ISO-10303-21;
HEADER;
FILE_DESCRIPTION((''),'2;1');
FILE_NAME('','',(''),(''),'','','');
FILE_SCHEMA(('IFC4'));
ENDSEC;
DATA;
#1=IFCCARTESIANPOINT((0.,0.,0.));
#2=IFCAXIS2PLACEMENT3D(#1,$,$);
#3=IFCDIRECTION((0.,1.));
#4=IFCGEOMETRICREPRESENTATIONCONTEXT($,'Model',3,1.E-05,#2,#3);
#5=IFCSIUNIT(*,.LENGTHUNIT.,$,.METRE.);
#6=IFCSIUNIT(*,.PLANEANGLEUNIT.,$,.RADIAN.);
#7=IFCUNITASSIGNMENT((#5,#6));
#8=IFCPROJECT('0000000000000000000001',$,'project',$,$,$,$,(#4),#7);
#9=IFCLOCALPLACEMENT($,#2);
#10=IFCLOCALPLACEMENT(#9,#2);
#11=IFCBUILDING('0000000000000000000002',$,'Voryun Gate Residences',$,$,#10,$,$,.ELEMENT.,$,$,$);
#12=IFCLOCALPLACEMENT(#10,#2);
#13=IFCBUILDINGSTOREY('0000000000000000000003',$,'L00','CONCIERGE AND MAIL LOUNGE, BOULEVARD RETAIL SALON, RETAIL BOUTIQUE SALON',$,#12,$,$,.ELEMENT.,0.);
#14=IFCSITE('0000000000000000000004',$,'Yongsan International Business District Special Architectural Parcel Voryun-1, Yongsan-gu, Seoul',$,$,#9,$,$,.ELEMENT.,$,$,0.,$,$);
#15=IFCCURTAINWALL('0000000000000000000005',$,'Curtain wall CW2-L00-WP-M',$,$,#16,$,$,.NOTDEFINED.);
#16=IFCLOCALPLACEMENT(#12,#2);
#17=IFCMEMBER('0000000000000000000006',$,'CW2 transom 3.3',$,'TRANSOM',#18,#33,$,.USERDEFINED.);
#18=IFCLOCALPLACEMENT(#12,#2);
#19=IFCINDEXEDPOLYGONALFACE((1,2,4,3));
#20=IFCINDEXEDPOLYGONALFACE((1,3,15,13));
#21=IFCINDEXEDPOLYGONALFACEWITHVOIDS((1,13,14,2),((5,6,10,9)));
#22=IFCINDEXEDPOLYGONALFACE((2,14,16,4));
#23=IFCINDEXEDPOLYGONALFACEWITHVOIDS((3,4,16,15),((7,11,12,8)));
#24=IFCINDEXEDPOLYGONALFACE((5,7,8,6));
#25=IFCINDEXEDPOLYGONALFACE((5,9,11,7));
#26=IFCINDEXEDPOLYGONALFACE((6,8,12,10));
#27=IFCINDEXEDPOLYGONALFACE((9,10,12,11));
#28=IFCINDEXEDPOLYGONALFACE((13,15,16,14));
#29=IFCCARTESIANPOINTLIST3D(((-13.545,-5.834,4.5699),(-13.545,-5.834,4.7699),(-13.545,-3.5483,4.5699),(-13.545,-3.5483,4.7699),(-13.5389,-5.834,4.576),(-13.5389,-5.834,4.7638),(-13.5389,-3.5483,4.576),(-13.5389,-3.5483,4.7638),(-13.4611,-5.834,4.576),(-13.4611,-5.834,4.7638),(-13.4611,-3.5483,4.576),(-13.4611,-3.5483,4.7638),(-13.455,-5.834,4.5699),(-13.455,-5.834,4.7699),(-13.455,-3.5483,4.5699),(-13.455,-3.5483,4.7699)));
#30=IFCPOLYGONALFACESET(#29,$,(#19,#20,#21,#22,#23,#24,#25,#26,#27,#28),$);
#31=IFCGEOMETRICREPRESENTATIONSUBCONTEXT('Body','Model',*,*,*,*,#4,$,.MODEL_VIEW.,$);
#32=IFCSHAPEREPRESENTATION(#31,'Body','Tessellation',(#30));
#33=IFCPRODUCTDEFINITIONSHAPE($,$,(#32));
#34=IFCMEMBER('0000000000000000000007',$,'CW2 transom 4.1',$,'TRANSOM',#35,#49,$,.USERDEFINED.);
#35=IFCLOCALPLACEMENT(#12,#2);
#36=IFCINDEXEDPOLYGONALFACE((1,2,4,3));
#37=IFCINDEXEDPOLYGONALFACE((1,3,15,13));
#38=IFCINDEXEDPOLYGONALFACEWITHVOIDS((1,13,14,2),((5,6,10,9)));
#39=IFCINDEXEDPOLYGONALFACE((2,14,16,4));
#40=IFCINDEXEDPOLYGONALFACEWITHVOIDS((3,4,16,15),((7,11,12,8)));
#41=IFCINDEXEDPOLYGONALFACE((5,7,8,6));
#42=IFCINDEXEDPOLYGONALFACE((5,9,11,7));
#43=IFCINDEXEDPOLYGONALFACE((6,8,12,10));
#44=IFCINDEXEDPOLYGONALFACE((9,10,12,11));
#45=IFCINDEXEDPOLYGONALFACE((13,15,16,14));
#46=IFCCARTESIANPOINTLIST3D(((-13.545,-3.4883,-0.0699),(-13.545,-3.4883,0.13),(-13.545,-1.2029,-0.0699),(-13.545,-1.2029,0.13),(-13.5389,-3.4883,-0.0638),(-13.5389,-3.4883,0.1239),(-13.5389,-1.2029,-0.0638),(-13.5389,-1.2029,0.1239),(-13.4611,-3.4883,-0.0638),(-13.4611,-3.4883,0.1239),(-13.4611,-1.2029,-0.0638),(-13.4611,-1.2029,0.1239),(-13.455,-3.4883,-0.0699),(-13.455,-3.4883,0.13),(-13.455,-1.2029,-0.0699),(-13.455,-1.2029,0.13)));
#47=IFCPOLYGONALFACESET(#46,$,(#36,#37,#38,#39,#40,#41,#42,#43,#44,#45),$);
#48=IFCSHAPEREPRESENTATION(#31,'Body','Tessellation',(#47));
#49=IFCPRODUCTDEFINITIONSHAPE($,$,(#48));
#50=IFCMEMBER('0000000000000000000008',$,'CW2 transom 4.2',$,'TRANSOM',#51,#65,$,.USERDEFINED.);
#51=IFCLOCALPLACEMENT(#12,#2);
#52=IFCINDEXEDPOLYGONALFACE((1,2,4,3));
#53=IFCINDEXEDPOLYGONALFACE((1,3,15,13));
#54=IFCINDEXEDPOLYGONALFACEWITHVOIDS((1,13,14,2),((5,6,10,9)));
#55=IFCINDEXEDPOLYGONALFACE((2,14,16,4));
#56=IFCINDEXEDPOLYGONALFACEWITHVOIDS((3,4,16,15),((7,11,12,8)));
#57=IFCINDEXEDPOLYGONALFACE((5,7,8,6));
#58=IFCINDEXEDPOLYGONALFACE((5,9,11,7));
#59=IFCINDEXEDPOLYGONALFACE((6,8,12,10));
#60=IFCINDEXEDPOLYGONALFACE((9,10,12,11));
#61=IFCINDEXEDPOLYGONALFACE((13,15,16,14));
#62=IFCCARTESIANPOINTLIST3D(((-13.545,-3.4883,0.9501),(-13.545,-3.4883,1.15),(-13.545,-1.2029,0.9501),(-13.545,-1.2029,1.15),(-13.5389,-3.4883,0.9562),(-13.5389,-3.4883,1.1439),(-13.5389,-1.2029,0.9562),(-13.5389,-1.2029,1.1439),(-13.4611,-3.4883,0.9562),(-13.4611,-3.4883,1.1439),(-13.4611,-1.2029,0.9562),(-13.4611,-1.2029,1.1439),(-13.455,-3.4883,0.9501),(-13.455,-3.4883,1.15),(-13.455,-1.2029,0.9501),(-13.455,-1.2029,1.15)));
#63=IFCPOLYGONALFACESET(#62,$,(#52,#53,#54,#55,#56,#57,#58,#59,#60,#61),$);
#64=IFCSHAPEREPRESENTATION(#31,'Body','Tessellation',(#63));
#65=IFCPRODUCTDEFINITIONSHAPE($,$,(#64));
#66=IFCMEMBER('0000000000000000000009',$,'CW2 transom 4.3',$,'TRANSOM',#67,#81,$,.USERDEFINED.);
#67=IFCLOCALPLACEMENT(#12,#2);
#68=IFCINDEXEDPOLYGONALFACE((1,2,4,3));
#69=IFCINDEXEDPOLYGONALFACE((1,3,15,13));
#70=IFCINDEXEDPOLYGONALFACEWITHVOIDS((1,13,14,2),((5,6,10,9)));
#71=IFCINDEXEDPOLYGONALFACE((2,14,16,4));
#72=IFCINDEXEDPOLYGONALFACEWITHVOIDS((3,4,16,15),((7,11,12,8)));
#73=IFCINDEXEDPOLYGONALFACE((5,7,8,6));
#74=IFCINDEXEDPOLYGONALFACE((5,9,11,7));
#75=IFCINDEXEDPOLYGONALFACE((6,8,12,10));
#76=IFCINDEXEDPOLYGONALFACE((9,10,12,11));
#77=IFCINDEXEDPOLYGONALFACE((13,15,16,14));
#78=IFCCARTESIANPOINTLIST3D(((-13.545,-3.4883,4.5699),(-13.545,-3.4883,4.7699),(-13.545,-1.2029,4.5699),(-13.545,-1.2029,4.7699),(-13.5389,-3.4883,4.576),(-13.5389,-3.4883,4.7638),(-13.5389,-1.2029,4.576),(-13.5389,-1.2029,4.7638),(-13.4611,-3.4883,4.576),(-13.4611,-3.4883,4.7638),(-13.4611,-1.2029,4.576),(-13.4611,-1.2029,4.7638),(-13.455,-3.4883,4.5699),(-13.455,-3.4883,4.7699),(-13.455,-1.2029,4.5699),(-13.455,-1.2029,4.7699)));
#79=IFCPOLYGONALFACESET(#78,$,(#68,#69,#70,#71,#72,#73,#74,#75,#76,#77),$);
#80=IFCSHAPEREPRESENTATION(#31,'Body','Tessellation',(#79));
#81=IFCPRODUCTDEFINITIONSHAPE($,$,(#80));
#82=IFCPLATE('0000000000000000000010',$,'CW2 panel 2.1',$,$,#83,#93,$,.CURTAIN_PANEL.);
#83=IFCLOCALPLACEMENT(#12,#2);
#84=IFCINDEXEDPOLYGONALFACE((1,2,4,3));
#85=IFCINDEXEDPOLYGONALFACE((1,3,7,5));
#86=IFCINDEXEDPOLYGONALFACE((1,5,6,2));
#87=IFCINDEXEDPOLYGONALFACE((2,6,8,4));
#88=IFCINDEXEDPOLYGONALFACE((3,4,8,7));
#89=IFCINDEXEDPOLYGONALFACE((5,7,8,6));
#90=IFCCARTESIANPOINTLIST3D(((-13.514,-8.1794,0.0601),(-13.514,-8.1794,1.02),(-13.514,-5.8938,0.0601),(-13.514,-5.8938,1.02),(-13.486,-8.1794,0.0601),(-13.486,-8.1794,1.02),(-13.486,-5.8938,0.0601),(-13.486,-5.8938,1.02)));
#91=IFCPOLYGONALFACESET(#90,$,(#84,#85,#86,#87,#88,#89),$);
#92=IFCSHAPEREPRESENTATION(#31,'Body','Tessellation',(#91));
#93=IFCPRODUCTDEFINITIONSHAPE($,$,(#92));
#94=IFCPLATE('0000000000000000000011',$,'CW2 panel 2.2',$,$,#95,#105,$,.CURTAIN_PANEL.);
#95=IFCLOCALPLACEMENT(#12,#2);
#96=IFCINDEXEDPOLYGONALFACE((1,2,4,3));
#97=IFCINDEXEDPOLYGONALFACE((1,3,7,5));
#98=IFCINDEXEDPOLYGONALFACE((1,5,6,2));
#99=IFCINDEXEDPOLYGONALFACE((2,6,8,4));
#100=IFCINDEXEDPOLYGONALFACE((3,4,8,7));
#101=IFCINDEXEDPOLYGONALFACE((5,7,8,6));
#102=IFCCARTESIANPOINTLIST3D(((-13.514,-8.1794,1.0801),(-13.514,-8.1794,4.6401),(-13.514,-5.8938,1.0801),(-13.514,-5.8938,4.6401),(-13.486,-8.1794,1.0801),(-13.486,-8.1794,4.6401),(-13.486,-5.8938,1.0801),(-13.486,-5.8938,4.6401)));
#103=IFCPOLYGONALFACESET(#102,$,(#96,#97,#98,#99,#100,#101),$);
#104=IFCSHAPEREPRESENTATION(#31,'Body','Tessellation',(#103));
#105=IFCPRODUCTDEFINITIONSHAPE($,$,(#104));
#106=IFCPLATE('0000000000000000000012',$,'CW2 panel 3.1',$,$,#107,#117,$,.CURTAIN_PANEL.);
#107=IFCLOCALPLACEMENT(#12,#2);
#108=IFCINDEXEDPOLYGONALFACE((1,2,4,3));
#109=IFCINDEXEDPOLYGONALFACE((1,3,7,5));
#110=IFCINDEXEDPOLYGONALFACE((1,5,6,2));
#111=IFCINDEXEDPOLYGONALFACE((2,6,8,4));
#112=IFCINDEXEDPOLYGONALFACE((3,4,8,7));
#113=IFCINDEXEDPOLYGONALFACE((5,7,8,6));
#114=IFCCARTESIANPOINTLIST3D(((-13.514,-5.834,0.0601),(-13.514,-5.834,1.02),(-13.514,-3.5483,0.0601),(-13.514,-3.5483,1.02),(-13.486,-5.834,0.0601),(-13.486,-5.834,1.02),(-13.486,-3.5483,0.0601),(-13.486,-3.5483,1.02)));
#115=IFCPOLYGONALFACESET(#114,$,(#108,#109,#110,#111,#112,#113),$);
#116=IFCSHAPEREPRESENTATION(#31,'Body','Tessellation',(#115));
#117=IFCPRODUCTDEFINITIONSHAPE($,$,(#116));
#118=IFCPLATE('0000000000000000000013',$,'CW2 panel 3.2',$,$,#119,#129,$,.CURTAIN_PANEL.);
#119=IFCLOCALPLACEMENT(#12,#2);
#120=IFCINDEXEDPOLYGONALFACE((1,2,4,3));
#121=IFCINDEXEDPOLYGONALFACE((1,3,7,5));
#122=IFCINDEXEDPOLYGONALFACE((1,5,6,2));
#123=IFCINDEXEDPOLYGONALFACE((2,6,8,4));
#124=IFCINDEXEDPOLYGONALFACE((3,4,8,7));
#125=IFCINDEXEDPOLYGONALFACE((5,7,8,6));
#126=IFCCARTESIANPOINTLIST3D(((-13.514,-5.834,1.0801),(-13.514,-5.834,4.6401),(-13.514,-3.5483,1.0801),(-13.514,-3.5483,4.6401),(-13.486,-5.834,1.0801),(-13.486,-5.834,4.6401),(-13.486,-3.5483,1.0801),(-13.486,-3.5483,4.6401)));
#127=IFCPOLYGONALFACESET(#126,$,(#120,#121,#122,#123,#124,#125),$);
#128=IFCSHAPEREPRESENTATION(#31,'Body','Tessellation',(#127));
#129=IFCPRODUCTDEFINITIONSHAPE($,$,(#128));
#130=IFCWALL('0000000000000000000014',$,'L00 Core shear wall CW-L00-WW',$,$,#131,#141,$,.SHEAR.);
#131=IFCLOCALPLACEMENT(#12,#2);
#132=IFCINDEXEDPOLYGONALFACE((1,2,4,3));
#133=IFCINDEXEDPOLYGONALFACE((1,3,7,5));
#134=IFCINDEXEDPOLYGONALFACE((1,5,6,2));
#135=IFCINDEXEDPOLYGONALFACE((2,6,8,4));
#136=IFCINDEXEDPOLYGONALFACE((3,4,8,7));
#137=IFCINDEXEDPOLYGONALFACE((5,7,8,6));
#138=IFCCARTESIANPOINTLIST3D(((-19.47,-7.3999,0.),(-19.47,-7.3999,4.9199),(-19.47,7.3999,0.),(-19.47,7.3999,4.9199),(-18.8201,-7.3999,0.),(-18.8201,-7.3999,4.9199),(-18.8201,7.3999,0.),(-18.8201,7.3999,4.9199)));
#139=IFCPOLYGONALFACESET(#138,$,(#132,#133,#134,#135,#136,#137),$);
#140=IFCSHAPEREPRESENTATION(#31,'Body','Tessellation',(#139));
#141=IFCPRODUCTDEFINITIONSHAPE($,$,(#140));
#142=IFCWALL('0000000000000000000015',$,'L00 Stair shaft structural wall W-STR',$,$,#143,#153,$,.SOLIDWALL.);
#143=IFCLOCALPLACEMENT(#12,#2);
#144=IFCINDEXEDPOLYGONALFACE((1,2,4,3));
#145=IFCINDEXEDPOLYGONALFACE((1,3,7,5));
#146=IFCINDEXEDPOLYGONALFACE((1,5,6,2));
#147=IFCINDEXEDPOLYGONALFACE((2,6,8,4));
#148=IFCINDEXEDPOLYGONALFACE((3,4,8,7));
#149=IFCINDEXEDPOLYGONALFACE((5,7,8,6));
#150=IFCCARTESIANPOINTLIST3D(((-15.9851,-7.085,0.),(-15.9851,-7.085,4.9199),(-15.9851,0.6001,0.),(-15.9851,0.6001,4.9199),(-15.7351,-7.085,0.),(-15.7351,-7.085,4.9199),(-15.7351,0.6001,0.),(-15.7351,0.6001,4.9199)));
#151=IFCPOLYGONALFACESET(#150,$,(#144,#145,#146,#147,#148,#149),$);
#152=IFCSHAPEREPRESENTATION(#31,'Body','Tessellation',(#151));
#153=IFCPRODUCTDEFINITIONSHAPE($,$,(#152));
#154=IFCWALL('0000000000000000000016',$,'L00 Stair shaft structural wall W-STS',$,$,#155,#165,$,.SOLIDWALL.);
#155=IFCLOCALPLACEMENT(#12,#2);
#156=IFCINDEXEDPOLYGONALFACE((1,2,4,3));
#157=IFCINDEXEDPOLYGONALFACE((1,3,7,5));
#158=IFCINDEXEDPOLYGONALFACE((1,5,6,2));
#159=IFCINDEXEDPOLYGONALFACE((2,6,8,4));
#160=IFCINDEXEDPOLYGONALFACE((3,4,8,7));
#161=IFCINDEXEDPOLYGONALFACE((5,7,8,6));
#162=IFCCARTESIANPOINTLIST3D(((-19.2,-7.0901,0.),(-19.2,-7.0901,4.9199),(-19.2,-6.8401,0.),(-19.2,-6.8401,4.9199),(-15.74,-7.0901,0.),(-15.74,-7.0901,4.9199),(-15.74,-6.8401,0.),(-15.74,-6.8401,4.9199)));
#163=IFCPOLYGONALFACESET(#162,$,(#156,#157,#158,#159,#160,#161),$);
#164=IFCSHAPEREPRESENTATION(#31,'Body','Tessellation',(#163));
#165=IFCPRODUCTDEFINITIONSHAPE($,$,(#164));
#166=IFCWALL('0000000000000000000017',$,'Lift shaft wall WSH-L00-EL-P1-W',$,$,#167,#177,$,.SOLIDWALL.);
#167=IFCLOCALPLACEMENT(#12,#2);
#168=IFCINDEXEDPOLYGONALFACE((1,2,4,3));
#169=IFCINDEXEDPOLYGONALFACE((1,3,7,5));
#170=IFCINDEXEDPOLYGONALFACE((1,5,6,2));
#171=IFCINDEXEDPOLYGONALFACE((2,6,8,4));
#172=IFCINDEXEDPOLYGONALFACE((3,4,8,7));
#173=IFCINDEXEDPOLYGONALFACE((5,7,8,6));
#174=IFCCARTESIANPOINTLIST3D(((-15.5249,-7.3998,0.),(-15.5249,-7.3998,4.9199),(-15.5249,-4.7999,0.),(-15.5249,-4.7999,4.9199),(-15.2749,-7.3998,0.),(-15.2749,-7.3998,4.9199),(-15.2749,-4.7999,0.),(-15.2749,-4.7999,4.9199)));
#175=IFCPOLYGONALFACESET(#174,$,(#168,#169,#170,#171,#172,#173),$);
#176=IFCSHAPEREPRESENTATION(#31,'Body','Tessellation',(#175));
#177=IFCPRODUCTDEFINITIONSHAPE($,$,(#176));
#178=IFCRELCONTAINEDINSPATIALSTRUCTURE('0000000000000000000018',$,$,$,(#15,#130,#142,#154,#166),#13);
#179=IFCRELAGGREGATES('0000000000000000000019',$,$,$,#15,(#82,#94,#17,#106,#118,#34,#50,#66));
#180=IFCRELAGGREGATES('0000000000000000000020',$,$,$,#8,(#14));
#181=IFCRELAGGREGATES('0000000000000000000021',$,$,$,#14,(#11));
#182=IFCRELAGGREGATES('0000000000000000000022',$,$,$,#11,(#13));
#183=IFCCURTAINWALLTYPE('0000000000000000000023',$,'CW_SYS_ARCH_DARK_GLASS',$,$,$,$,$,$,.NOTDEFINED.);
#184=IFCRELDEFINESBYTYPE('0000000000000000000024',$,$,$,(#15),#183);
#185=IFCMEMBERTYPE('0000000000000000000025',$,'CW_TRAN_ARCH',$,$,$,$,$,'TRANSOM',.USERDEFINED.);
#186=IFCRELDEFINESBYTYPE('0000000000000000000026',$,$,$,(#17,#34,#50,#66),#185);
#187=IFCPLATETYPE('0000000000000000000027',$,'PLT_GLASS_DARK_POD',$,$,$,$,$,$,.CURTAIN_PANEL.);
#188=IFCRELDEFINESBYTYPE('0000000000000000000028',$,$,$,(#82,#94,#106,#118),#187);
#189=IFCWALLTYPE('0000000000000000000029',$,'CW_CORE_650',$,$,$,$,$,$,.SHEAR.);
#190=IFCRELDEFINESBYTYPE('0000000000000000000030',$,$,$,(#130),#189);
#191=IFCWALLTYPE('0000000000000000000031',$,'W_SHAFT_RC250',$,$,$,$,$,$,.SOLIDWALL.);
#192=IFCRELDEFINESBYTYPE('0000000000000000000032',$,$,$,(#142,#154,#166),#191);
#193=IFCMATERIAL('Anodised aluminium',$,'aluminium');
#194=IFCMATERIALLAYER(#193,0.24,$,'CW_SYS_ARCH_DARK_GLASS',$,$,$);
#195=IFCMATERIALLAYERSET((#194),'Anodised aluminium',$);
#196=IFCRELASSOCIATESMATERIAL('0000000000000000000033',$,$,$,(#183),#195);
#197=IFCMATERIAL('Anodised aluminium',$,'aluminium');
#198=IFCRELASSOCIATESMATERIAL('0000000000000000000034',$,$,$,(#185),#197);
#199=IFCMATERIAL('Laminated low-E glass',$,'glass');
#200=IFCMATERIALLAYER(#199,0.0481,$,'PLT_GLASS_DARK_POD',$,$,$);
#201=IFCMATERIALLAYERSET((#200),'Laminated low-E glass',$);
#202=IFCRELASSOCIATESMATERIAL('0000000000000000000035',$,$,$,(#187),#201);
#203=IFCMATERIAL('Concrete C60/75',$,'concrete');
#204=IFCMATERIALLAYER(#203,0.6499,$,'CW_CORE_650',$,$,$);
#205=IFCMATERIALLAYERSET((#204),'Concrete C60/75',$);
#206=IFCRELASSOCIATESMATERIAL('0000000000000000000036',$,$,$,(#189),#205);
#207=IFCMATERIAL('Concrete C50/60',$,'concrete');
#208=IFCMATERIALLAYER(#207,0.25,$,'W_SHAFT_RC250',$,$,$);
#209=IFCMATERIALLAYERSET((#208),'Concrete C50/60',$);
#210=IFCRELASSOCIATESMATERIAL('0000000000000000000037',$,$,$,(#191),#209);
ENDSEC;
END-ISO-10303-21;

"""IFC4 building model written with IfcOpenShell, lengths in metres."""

from ifc_helpers import new_model, si_unit, direction, frame, frame_2d, origin, origin_2d, place, context, subcontext, project, spatial, rectangle, hollow_rectangle, extrude, material, layer, layer_set, material_profile, profile_set, type_object, element, aggregate, save


model = new_model("IFC4")

# Units and contexts
model_context = context("Model", 3, precision=1e-05, world=origin(), true_north=direction((0.0, 1.0)))
body_context = subcontext(model_context, "Body", "Model", "MODEL_VIEW")
ifc_project = project(units=[si_unit("LENGTHUNIT", "METRE"), si_unit("PLANEANGLEUNIT", "RADIAN")], contexts=[model_context])

# Site, building, storey
site_placement = place(None, origin())
site = spatial("IfcSite", under=ifc_project, at=site_placement, Name="Yongsan International Business District Special Architectural Parcel Voryun-1, Yongsan-gu, Seoul", CompositionType="ELEMENT", RefElevation=0.0)
building_placement = place(site_placement, origin())
building = spatial("IfcBuilding", under=site, at=building_placement, Name="Voryun Gate Residences", CompositionType="ELEMENT")
storey_placement = place(building_placement, origin())
storey = spatial("IfcBuildingStorey", under=building, at=storey_placement, Name="L00", Description="CONCIERGE AND MAIL LOUNGE, BOULEVARD RETAIL SALON, RETAIL BOUTIQUE SALON", CompositionType="ELEMENT", Elevation=0.0)

# Curtain wall, members, plates
ifc_material_1 = material(Name="Anodised aluminium", Category="aluminium")
ifc_layer_1 = layer(ifc_material_1, 0.24, Name="CW_SYS_ARCH_DARK_GLASS")
ifc_layer_set_1 = layer_set([ifc_layer_1], Name="Anodised aluminium")
curtain_wall_type = type_object("IfcCurtainWallType", Name="CW_SYS_ARCH_DARK_GLASS", PredefinedType="NOTDEFINED", material=ifc_layer_set_1)
curtain_wall_placement = place(storey_placement, origin())
curtain_wall = element("IfcCurtainWall", 1, at=curtain_wall_placement, inside=storey, type_object=curtain_wall_type, Name="Curtain wall CW2-L00-WP-M", PredefinedType="NOTDEFINED")
ifc_material_2 = material(Name="Anodised aluminium", Category="aluminium")
ifc_material_profile_1 = material_profile(ifc_material_2, hollow_rectangle(XDim=0.0901, YDim=0.2, WallThickness=0.0061, at=origin_2d()), Name="ALU-TRAN-200x90x6")
ifc_profile_set_1 = profile_set([ifc_material_profile_1], Name="Anodised aluminium")
member_type_1 = type_object("IfcMemberType", Name="CW_TRAN_ARCH", ElementType="TRANSOM", PredefinedType="USERDEFINED", material=ifc_profile_set_1)
member_1_placement = place(storey_placement, frame((-13.5, -5.834, 4.6699), z_axis=(0.0, 1.0, 0.0), x_axis=(-1.0, 0.0, 0.0)))
member_1 = element("IfcMember", 2, at=member_1_placement, type_object=member_type_1, Name="CW2 transom 3.3", ObjectType="TRANSOM", PredefinedType="USERDEFINED", context=body_context, shape_type="SweptSolid", body=[
    extrude(hollow_rectangle(XDim=0.0901, YDim=0.2, WallThickness=0.0061, at=origin_2d()), origin(), (0.0, 0.0, 1.0), 2.2856),
])
member_2_placement = place(storey_placement, frame((-13.5, -3.4883, 0.03), z_axis=(0.0, 1.0, 0.0), x_axis=(-1.0, 0.0, 0.0)))
member_2 = element("IfcMember", 3, at=member_2_placement, type_object=member_type_1, Name="CW2 transom 4.1", ObjectType="TRANSOM", PredefinedType="USERDEFINED", context=body_context, shape_type="SweptSolid", body=[
    extrude(hollow_rectangle(XDim=0.0901, YDim=0.2, WallThickness=0.0061, at=origin_2d()), origin(), (0.0, 0.0, 1.0), 2.2854),
])
member_3_placement = place(storey_placement, frame((-13.5, -3.4883, 1.05), z_axis=(0.0, 1.0, 0.0), x_axis=(-1.0, 0.0, 0.0)))
member_3 = element("IfcMember", 4, at=member_3_placement, type_object=member_type_1, Name="CW2 transom 4.2", ObjectType="TRANSOM", PredefinedType="USERDEFINED", context=body_context, shape_type="SweptSolid", body=[
    extrude(hollow_rectangle(XDim=0.0901, YDim=0.2, WallThickness=0.0061, at=origin_2d()), origin(), (0.0, 0.0, 1.0), 2.2854),
])
member_4_placement = place(storey_placement, frame((-13.5, -3.4883, 4.6699), z_axis=(0.0, 1.0, 0.0), x_axis=(-1.0, 0.0, 0.0)))
member_4 = element("IfcMember", 5, at=member_4_placement, type_object=member_type_1, Name="CW2 transom 4.3", ObjectType="TRANSOM", PredefinedType="USERDEFINED", context=body_context, shape_type="SweptSolid", body=[
    extrude(hollow_rectangle(XDim=0.0901, YDim=0.2, WallThickness=0.0061, at=origin_2d()), origin(), (0.0, 0.0, 1.0), 2.2854),
])
ifc_material_3 = material(Name="Laminated low-E glass", Category="glass")
ifc_layer_2 = layer(ifc_material_3, 0.0481, Name="PLT_GLASS_DARK_POD")
ifc_layer_set_2 = layer_set([ifc_layer_2], Name="Laminated low-E glass")
plate_type = type_object("IfcPlateType", Name="PLT_GLASS_DARK_POD", PredefinedType="CURTAIN_PANEL", material=ifc_layer_set_2)
plate_1_placement = place(storey_placement, frame((-13.5, -7.0366, 0.0601), z_axis=(0.0, 0.0, 1.0), x_axis=(0.0, 1.0, 0.0)))
plate_1 = element("IfcPlate", 6, at=plate_1_placement, type_object=plate_type, Name="CW2 panel 2.1", PredefinedType="CURTAIN_PANEL", context=body_context, shape_type="SweptSolid", body=[
    extrude(rectangle(XDim=2.2856, YDim=0.0281, at=origin_2d()), origin(), (0.0, 0.0, 1.0), 0.96),
])
plate_2_placement = place(storey_placement, frame((-13.5, -7.0366, 1.0801), z_axis=(0.0, 0.0, 1.0), x_axis=(0.0, 1.0, 0.0)))
plate_2 = element("IfcPlate", 7, at=plate_2_placement, type_object=plate_type, Name="CW2 panel 2.2", PredefinedType="CURTAIN_PANEL", context=body_context, shape_type="SweptSolid", body=[
    extrude(rectangle(XDim=2.2856, YDim=0.0281, at=origin_2d()), origin(), (0.0, 0.0, 1.0), 3.5601),
])
plate_3_placement = place(storey_placement, frame((-13.5, -4.6912, 0.0601), z_axis=(0.0, 0.0, 1.0), x_axis=(0.0, 1.0, 0.0)))
plate_3 = element("IfcPlate", 8, at=plate_3_placement, type_object=plate_type, Name="CW2 panel 3.1", PredefinedType="CURTAIN_PANEL", context=body_context, shape_type="SweptSolid", body=[
    extrude(rectangle(XDim=2.2856, YDim=0.0281, at=origin_2d()), origin(), (0.0, 0.0, 1.0), 0.96),
])
plate_4_placement = place(storey_placement, frame((-13.5, -4.6912, 1.0801), z_axis=(0.0, 0.0, 1.0), x_axis=(0.0, 1.0, 0.0)))
plate_4 = element("IfcPlate", 9, at=plate_4_placement, type_object=plate_type, Name="CW2 panel 3.2", PredefinedType="CURTAIN_PANEL", context=body_context, shape_type="SweptSolid", body=[
    extrude(rectangle(XDim=2.2856, YDim=0.0281, at=origin_2d()), origin(), (0.0, 0.0, 1.0), 3.5601),
])
aggregate(curtain_wall, [plate_1, plate_2, member_1, plate_3, plate_4, member_2, member_3, member_4])

# Walls
ifc_material_4 = material(Name="Concrete C60/75", Category="concrete")
ifc_layer_3 = layer(ifc_material_4, 0.6499, Name="CW_CORE_650")
ifc_layer_set_3 = layer_set([ifc_layer_3], Name="Concrete C60/75")
wall_type_1 = type_object("IfcWallType", Name="CW_CORE_650", PredefinedType="SHEAR", material=ifc_layer_set_3)
wall_1_placement = place(storey_placement, frame((-19.145, -7.3999, 0.0), z_axis=(0.0, 0.0, 1.0), x_axis=(0.0, 1.0, 0.0)))
element("IfcWall", 10, at=wall_1_placement, inside=storey, type_object=wall_type_1, Name="L00 Core shear wall CW-L00-WW", PredefinedType="SHEAR", context=body_context, shape_type="SweptSolid", body=[
    extrude(rectangle(XDim=14.7998, YDim=0.6499, at=frame_2d((7.3999, 0.0))), origin(), (0.0, 0.0, 1.0), 4.9199),
])
ifc_material_5 = material(Name="Concrete C50/60", Category="concrete")
ifc_layer_4 = layer(ifc_material_5, 0.25, Name="W_SHAFT_RC250")
ifc_layer_set_4 = layer_set([ifc_layer_4], Name="Concrete C50/60")
wall_type_2 = type_object("IfcWallType", Name="W_SHAFT_RC250", PredefinedType="SOLIDWALL", material=ifc_layer_set_4)
wall_2_placement = place(storey_placement, frame((-15.8601, -7.085, 0.0), z_axis=(0.0, 0.0, 1.0), x_axis=(0.0, 1.0, 0.0)))
element("IfcWall", 11, at=wall_2_placement, inside=storey, type_object=wall_type_2, Name="L00 Stair shaft structural wall W-STR", PredefinedType="SOLIDWALL", context=body_context, shape_type="SweptSolid", body=[
    extrude(rectangle(XDim=7.6851, YDim=0.25, at=frame_2d((3.8425, 0.0))), origin(), (0.0, 0.0, 1.0), 4.9199),
])
wall_3_placement = place(storey_placement, frame((-19.2, -6.9651, 0.0), z_axis=(0.0, 0.0, 1.0), x_axis=(1.0, 0.0, 0.0)))
element("IfcWall", 12, at=wall_3_placement, inside=storey, type_object=wall_type_2, Name="L00 Stair shaft structural wall W-STS", PredefinedType="SOLIDWALL", context=body_context, shape_type="SweptSolid", body=[
    extrude(rectangle(XDim=3.46, YDim=0.25, at=frame_2d((1.73, 0.0))), origin(), (0.0, 0.0, 1.0), 4.9199),
])
wall_4_placement = place(storey_placement, frame((-15.3999, -4.8, 0.0), z_axis=(0.0, 0.0, 1.0), x_axis=(0.0, -1.0, 0.0)))
element("IfcWall", 13, at=wall_4_placement, inside=storey, type_object=wall_type_2, Name="Lift shaft wall WSH-L00-EL-P1-W", PredefinedType="SOLIDWALL", context=body_context, shape_type="SweptSolid", body=[
    extrude(rectangle(XDim=2.5999, YDim=0.25, at=frame_2d((1.2998, 0.0))), origin(), (0.0, 0.0, 1.0), 4.9199),
])

save(model, "model.ifc")
